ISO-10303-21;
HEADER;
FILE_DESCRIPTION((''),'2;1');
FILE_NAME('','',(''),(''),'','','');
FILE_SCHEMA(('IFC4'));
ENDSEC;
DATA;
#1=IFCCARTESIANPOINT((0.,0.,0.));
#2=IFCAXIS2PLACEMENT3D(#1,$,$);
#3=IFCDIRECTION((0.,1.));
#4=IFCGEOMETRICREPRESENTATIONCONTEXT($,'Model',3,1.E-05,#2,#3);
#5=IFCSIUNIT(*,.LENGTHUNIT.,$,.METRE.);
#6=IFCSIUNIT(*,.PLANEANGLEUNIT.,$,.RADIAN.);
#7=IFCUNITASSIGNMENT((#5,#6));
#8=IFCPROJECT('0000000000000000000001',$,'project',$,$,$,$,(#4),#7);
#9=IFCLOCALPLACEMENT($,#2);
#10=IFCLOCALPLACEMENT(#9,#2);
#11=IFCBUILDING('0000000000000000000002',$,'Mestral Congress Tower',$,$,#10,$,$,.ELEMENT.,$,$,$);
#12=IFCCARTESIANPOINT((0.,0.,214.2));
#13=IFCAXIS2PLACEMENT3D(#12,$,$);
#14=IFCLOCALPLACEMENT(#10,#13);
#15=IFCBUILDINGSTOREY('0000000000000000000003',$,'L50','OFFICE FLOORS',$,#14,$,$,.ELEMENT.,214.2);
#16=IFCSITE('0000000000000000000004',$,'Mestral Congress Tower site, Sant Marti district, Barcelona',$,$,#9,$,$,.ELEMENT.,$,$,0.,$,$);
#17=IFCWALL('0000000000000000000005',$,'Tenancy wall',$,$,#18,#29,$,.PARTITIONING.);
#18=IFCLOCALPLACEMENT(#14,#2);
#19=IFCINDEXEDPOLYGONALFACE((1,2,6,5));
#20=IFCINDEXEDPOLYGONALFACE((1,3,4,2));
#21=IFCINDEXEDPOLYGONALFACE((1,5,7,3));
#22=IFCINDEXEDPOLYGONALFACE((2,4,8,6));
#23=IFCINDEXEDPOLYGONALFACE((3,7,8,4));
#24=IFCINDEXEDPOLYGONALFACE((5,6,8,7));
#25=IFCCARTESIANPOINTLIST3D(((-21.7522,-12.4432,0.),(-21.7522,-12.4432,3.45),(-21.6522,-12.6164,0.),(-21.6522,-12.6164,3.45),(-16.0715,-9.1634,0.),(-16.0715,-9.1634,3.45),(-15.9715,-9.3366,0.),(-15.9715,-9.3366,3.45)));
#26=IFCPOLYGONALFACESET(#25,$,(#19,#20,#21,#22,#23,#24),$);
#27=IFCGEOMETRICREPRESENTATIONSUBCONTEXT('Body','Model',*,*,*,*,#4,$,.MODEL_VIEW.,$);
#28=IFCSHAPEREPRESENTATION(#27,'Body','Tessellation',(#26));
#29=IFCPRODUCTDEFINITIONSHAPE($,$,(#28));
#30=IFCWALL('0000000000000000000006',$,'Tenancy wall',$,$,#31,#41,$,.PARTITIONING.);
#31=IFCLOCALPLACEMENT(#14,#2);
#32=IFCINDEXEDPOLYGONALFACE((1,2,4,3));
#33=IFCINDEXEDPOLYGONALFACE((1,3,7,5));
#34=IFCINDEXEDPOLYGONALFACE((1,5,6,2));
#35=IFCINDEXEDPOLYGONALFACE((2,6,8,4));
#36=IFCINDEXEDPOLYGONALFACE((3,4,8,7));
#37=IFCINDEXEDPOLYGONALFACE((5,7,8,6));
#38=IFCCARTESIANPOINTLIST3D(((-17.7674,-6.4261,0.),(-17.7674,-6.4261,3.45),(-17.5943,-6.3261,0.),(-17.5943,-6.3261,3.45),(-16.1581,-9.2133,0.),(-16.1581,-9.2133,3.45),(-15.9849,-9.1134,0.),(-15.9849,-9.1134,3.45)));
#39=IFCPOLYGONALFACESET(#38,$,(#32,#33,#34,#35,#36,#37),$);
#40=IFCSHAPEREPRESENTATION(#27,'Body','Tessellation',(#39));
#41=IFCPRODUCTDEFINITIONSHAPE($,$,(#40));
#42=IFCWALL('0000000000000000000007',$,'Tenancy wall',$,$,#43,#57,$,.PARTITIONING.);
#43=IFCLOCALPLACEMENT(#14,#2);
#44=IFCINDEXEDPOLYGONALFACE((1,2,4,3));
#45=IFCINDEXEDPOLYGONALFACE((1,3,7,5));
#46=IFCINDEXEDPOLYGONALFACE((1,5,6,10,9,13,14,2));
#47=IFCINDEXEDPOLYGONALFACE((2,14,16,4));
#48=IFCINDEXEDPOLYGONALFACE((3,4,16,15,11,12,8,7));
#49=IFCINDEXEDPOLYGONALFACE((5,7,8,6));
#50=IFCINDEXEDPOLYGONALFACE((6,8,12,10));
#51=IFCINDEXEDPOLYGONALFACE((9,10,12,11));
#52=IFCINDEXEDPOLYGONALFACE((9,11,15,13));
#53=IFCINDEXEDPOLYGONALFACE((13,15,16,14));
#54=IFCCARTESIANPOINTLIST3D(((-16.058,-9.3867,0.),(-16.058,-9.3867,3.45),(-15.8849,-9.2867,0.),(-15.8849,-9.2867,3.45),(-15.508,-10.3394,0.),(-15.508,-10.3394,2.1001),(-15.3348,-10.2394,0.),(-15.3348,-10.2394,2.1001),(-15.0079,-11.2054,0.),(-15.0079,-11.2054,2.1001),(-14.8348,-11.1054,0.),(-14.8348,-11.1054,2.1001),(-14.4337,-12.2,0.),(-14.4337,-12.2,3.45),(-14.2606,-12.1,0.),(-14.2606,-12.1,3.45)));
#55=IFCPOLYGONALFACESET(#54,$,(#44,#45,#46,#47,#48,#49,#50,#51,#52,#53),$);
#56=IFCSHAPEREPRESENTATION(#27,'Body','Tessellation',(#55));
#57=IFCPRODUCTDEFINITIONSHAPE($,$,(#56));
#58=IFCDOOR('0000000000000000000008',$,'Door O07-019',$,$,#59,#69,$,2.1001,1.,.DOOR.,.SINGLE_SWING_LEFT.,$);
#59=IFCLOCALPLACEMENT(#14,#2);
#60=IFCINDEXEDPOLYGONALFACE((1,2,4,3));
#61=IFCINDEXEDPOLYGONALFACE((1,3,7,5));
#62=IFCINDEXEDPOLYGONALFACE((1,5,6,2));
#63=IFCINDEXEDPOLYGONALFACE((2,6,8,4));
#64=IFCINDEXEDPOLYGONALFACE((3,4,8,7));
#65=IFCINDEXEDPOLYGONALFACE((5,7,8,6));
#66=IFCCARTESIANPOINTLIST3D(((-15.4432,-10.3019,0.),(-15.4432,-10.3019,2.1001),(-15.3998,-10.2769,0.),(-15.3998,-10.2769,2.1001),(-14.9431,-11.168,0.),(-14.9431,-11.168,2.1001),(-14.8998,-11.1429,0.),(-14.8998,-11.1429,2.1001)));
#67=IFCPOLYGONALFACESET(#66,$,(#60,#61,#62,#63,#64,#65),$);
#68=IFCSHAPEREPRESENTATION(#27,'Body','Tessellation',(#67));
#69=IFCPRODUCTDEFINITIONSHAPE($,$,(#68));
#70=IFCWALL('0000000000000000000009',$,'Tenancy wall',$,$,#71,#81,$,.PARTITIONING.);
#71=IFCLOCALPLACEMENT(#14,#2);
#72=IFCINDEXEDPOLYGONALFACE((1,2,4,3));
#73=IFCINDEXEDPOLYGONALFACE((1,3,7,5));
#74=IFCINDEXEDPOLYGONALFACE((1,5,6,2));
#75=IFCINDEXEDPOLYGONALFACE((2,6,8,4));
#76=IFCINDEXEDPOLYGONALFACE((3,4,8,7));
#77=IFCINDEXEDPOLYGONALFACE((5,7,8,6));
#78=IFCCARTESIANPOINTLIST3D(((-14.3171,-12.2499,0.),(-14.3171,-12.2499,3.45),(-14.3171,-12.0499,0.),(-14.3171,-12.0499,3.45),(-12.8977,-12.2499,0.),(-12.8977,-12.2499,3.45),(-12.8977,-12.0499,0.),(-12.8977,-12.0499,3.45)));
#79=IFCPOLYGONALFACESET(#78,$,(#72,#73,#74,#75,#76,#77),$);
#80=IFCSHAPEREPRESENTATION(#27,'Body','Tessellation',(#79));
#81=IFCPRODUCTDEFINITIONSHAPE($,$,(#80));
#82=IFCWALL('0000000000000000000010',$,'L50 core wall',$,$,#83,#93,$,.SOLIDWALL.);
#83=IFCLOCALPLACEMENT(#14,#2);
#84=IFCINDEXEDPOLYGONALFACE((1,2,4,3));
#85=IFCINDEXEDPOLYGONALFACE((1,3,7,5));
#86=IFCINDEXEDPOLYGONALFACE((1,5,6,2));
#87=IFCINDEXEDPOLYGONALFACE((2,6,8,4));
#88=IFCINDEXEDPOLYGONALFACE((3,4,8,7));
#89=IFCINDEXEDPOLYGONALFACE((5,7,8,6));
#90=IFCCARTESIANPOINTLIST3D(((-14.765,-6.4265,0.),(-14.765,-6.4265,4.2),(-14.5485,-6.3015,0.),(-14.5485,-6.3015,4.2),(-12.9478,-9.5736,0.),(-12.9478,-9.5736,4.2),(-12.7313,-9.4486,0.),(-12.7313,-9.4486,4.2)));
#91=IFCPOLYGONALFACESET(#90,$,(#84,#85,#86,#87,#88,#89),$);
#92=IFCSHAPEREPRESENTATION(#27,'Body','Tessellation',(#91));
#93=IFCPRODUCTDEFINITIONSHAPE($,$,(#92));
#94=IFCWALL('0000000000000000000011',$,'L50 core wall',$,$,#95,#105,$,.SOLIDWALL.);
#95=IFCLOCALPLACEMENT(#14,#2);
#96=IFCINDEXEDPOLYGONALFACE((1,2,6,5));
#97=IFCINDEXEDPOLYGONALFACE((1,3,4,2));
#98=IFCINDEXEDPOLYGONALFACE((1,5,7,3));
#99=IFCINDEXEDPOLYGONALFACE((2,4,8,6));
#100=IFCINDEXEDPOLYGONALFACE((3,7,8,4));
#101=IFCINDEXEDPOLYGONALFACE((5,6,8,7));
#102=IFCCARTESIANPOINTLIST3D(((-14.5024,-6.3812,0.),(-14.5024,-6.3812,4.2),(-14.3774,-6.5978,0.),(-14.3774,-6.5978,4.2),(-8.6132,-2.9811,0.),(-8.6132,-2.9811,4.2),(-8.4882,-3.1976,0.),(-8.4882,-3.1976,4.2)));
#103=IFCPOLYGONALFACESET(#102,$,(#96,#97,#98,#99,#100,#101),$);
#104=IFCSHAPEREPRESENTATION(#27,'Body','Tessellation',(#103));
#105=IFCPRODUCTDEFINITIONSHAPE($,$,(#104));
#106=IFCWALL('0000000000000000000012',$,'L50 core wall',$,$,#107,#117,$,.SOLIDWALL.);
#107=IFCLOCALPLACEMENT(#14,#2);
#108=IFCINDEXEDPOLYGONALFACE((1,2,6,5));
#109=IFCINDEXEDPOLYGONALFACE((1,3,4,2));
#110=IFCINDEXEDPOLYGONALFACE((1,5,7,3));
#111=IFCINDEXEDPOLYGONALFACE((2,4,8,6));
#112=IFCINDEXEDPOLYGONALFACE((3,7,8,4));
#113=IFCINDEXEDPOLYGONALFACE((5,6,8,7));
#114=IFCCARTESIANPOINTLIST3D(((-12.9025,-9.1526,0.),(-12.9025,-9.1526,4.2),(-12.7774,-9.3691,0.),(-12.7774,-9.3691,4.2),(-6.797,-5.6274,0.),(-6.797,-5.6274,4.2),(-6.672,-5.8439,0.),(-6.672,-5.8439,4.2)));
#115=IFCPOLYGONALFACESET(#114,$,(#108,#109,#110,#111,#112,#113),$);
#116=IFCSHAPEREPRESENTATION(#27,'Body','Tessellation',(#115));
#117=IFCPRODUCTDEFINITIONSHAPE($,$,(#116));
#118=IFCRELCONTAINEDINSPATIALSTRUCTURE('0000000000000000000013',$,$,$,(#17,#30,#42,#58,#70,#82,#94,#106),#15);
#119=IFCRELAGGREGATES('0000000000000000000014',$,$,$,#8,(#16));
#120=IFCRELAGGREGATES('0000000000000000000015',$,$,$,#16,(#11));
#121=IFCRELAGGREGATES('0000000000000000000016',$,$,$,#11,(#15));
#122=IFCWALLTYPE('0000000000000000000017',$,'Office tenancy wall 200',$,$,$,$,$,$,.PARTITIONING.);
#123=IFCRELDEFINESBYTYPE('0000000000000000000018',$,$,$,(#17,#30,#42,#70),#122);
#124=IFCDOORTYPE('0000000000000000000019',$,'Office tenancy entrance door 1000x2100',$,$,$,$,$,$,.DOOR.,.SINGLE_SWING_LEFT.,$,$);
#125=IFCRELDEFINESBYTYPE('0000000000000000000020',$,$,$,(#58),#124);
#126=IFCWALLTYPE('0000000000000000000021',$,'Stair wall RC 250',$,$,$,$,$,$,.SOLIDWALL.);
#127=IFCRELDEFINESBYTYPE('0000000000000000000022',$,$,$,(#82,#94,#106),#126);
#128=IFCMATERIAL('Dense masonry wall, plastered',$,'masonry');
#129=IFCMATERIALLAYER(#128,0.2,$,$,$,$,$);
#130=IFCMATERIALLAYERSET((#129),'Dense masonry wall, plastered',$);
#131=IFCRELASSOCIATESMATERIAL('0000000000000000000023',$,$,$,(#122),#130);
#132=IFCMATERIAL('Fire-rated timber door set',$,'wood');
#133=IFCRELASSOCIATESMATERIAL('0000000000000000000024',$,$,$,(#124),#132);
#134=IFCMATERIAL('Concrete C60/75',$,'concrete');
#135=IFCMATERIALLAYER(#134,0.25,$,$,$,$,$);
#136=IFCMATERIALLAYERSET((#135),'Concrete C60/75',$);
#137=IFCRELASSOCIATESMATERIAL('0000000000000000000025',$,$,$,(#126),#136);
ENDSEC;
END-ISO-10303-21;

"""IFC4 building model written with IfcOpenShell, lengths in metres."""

from ifc_helpers import new_model, si_unit, direction, frame, frame_2d, origin, place, context, subcontext, project, spatial, rectangle, extrude, material, layer, layer_set, type_object, element, fill, save


model = new_model("IFC4")

# Units and contexts
model_context = context("Model", 3, precision=1e-05, world=origin(), true_north=direction((0.0, 1.0)))
body_context = subcontext(model_context, "Body", "Model", "MODEL_VIEW")
ifc_project = project(units=[si_unit("LENGTHUNIT", "METRE"), si_unit("PLANEANGLEUNIT", "RADIAN")], contexts=[model_context])

# Site, building, storey
site_placement = place(None, origin())
site = spatial("IfcSite", under=ifc_project, at=site_placement, Name="Mestral Congress Tower site, Sant Marti district, Barcelona", CompositionType="ELEMENT", RefElevation=0.0)
building_placement = place(site_placement, origin())
building = spatial("IfcBuilding", under=site, at=building_placement, Name="Mestral Congress Tower", CompositionType="ELEMENT")
storey_placement = place(building_placement, frame((0.0, 0.0, 214.2)))
storey = spatial("IfcBuildingStorey", under=building, at=storey_placement, Name="L50", Description="OFFICE FLOORS", CompositionType="ELEMENT", Elevation=214.2)

# Shared definitions
ifc_material_1 = material(Name="Concrete C60/75", Category="concrete")

# Walls
ifc_material_2 = material(Name="Dense masonry wall, plastered", Category="masonry")
ifc_layer_1 = layer(ifc_material_2, 0.2)
ifc_layer_set_1 = layer_set([ifc_layer_1], Name="Dense masonry wall, plastered")
wall_type_1 = type_object("IfcWallType", Name="Office tenancy wall 200", PredefinedType="PARTITIONING", material=ifc_layer_set_1)
wall_1_placement = place(storey_placement, frame((-16.0215, -9.25, 0.0), z_axis=(0.0, 0.0, 1.0), x_axis=(-0.866022, -0.500006, 0.0)))
element("IfcWall", 1, at=wall_1_placement, inside=storey, type_object=wall_type_1, Name="Tenancy wall", PredefinedType="PARTITIONING", context=body_context, shape_type="SweptSolid", body=[
    extrude(rectangle(XDim=6.5596, YDim=0.2, at=frame_2d((3.2798, 0.0))), origin(), (0.0, 0.0, 1.0), 3.45),
])
wall_2_placement = place(storey_placement, frame((-17.6809, -6.376, 0.0), z_axis=(0.0, 0.0, 1.0), x_axis=(0.500022, -0.866013, 0.0)))
element("IfcWall", 2, at=wall_2_placement, inside=storey, type_object=wall_type_1, Name="Tenancy wall", PredefinedType="PARTITIONING", context=body_context, shape_type="SweptSolid", body=[
    extrude(rectangle(XDim=3.2185, YDim=0.2, at=frame_2d((1.6094, 0.0))), origin(), (0.0, 0.0, 1.0), 3.45),
])

# Wall, opening, door
wall_3_placement = place(storey_placement, frame((-15.9714, -9.3367, 0.0), z_axis=(0.0, 0.0, 1.0), x_axis=(0.500011, -0.866019, 0.0)))
wall_3 = element("IfcWall", 3, at=wall_3_placement, inside=storey, type_object=wall_type_1, Name="Tenancy wall", PredefinedType="PARTITIONING", context=body_context, shape_type="SweptSolid", body=[
    extrude(rectangle(XDim=3.2485, YDim=0.2, at=frame_2d((1.6243, 0.0))), origin(), (0.0, 0.0, 1.0), 3.45),
])
opening_1_placement = place(wall_3_placement, frame((1.1001, 0.0, 0.0)))
opening_1 = element("IfcOpeningElement", 4, at=opening_1_placement, cuts=wall_3, PredefinedType="OPENING", context=body_context, shape_type="SweptSolid", body=[
    extrude(rectangle(XDim=1.0, YDim=2.1001, at=frame_2d((0.5, 1.05))), frame((0.0, 0.1099, 0.0), z_axis=(0.0, -1.0, 0.0), x_axis=(1.0, 0.0, 0.0)), (0.0, 0.0, 1.0), 0.22),
])
ifc_material_3 = material(Name="Fire-rated timber door set", Category="wood")
door_type_1 = type_object("IfcDoorType", Name="Office tenancy entrance door 1000x2100", OperationType="SINGLE_SWING_LEFT", PredefinedType="DOOR", material=ifc_material_3)
door_1_placement = place(opening_1_placement, origin())
door_1 = element("IfcDoor", 5, at=door_1_placement, inside=storey, type_object=door_type_1, Name="Door O07-019", OperationType="SINGLE_SWING_LEFT", OverallHeight=2.1001, OverallWidth=1.0, PredefinedType="DOOR", context=body_context, shape_type="SweptSolid", body=[
    extrude(rectangle(XDim=1.0, YDim=2.1001, at=frame_2d((0.5, 1.05))), frame((0.0, 0.0249, 0.0), z_axis=(0.0, -1.0, 0.0), x_axis=(1.0, 0.0, 0.0)), (0.0, 0.0, 1.0), 0.05),
])
fill(opening_1, door_1)

# Walls
wall_4_placement = place(storey_placement, frame((-14.3171, -12.1499, 0.0), z_axis=(0.0, 0.0, 1.0), x_axis=(1.0, 0.0, 0.0)))
element("IfcWall", 6, at=wall_4_placement, inside=storey, type_object=wall_type_1, Name="Tenancy wall", PredefinedType="PARTITIONING", context=body_context, shape_type="SweptSolid", body=[
    extrude(rectangle(XDim=1.4194, YDim=0.2, at=frame_2d((0.7097, 0.0))), origin(), (0.0, 0.0, 1.0), 3.45),
])
ifc_layer_2 = layer(ifc_material_1, 0.25)
ifc_layer_set_2 = layer_set([ifc_layer_2], Name="Concrete C60/75")
wall_type_2 = type_object("IfcWallType", Name="Stair wall RC 250", PredefinedType="SOLIDWALL", material=ifc_layer_set_2)
wall_5_placement = place(storey_placement, frame((-12.8396, -9.511, 0.0), z_axis=(0.0, 0.0, 1.0), x_axis=(-0.500048, 0.865998, 0.0)))
element("IfcWall", 7, at=wall_5_placement, inside=storey, type_object=wall_type_2, Name="L50 core wall", PredefinedType="SOLIDWALL", context=body_context, shape_type="SweptSolid", body=[
    extrude(rectangle(XDim=3.634, YDim=0.25, at=frame_2d((1.8169, 0.0))), origin(), (0.0, 0.0, 1.0), 4.2),
])
wall_6_placement = place(storey_placement, frame((-14.4399, -6.4895, 0.0), z_axis=(0.0, 0.0, 1.0), x_axis=(0.866023, 0.500004, 0.0)))
element("IfcWall", 8, at=wall_6_placement, inside=storey, type_object=wall_type_2, Name="L50 core wall", PredefinedType="SOLIDWALL", context=body_context, shape_type="SweptSolid", body=[
    extrude(rectangle(XDim=6.8003, YDim=0.25, at=frame_2d((3.4001, 0.0))), origin(), (0.0, 0.0, 1.0), 4.2),
])
wall_7_placement = place(storey_placement, frame((-12.8398, -9.2607, 0.0), z_axis=(0.0, 0.0, 1.0), x_axis=(0.866016, 0.500016, 0.0)))
element("IfcWall", 9, at=wall_7_placement, inside=storey, type_object=wall_type_2, Name="L50 core wall", PredefinedType="SOLIDWALL", context=body_context, shape_type="SweptSolid", body=[
    extrude(rectangle(XDim=7.05, YDim=0.25, at=frame_2d((3.5249, 0.0))), origin(), (0.0, 0.0, 1.0), 4.2),
])

save(model, "model.ifc")
